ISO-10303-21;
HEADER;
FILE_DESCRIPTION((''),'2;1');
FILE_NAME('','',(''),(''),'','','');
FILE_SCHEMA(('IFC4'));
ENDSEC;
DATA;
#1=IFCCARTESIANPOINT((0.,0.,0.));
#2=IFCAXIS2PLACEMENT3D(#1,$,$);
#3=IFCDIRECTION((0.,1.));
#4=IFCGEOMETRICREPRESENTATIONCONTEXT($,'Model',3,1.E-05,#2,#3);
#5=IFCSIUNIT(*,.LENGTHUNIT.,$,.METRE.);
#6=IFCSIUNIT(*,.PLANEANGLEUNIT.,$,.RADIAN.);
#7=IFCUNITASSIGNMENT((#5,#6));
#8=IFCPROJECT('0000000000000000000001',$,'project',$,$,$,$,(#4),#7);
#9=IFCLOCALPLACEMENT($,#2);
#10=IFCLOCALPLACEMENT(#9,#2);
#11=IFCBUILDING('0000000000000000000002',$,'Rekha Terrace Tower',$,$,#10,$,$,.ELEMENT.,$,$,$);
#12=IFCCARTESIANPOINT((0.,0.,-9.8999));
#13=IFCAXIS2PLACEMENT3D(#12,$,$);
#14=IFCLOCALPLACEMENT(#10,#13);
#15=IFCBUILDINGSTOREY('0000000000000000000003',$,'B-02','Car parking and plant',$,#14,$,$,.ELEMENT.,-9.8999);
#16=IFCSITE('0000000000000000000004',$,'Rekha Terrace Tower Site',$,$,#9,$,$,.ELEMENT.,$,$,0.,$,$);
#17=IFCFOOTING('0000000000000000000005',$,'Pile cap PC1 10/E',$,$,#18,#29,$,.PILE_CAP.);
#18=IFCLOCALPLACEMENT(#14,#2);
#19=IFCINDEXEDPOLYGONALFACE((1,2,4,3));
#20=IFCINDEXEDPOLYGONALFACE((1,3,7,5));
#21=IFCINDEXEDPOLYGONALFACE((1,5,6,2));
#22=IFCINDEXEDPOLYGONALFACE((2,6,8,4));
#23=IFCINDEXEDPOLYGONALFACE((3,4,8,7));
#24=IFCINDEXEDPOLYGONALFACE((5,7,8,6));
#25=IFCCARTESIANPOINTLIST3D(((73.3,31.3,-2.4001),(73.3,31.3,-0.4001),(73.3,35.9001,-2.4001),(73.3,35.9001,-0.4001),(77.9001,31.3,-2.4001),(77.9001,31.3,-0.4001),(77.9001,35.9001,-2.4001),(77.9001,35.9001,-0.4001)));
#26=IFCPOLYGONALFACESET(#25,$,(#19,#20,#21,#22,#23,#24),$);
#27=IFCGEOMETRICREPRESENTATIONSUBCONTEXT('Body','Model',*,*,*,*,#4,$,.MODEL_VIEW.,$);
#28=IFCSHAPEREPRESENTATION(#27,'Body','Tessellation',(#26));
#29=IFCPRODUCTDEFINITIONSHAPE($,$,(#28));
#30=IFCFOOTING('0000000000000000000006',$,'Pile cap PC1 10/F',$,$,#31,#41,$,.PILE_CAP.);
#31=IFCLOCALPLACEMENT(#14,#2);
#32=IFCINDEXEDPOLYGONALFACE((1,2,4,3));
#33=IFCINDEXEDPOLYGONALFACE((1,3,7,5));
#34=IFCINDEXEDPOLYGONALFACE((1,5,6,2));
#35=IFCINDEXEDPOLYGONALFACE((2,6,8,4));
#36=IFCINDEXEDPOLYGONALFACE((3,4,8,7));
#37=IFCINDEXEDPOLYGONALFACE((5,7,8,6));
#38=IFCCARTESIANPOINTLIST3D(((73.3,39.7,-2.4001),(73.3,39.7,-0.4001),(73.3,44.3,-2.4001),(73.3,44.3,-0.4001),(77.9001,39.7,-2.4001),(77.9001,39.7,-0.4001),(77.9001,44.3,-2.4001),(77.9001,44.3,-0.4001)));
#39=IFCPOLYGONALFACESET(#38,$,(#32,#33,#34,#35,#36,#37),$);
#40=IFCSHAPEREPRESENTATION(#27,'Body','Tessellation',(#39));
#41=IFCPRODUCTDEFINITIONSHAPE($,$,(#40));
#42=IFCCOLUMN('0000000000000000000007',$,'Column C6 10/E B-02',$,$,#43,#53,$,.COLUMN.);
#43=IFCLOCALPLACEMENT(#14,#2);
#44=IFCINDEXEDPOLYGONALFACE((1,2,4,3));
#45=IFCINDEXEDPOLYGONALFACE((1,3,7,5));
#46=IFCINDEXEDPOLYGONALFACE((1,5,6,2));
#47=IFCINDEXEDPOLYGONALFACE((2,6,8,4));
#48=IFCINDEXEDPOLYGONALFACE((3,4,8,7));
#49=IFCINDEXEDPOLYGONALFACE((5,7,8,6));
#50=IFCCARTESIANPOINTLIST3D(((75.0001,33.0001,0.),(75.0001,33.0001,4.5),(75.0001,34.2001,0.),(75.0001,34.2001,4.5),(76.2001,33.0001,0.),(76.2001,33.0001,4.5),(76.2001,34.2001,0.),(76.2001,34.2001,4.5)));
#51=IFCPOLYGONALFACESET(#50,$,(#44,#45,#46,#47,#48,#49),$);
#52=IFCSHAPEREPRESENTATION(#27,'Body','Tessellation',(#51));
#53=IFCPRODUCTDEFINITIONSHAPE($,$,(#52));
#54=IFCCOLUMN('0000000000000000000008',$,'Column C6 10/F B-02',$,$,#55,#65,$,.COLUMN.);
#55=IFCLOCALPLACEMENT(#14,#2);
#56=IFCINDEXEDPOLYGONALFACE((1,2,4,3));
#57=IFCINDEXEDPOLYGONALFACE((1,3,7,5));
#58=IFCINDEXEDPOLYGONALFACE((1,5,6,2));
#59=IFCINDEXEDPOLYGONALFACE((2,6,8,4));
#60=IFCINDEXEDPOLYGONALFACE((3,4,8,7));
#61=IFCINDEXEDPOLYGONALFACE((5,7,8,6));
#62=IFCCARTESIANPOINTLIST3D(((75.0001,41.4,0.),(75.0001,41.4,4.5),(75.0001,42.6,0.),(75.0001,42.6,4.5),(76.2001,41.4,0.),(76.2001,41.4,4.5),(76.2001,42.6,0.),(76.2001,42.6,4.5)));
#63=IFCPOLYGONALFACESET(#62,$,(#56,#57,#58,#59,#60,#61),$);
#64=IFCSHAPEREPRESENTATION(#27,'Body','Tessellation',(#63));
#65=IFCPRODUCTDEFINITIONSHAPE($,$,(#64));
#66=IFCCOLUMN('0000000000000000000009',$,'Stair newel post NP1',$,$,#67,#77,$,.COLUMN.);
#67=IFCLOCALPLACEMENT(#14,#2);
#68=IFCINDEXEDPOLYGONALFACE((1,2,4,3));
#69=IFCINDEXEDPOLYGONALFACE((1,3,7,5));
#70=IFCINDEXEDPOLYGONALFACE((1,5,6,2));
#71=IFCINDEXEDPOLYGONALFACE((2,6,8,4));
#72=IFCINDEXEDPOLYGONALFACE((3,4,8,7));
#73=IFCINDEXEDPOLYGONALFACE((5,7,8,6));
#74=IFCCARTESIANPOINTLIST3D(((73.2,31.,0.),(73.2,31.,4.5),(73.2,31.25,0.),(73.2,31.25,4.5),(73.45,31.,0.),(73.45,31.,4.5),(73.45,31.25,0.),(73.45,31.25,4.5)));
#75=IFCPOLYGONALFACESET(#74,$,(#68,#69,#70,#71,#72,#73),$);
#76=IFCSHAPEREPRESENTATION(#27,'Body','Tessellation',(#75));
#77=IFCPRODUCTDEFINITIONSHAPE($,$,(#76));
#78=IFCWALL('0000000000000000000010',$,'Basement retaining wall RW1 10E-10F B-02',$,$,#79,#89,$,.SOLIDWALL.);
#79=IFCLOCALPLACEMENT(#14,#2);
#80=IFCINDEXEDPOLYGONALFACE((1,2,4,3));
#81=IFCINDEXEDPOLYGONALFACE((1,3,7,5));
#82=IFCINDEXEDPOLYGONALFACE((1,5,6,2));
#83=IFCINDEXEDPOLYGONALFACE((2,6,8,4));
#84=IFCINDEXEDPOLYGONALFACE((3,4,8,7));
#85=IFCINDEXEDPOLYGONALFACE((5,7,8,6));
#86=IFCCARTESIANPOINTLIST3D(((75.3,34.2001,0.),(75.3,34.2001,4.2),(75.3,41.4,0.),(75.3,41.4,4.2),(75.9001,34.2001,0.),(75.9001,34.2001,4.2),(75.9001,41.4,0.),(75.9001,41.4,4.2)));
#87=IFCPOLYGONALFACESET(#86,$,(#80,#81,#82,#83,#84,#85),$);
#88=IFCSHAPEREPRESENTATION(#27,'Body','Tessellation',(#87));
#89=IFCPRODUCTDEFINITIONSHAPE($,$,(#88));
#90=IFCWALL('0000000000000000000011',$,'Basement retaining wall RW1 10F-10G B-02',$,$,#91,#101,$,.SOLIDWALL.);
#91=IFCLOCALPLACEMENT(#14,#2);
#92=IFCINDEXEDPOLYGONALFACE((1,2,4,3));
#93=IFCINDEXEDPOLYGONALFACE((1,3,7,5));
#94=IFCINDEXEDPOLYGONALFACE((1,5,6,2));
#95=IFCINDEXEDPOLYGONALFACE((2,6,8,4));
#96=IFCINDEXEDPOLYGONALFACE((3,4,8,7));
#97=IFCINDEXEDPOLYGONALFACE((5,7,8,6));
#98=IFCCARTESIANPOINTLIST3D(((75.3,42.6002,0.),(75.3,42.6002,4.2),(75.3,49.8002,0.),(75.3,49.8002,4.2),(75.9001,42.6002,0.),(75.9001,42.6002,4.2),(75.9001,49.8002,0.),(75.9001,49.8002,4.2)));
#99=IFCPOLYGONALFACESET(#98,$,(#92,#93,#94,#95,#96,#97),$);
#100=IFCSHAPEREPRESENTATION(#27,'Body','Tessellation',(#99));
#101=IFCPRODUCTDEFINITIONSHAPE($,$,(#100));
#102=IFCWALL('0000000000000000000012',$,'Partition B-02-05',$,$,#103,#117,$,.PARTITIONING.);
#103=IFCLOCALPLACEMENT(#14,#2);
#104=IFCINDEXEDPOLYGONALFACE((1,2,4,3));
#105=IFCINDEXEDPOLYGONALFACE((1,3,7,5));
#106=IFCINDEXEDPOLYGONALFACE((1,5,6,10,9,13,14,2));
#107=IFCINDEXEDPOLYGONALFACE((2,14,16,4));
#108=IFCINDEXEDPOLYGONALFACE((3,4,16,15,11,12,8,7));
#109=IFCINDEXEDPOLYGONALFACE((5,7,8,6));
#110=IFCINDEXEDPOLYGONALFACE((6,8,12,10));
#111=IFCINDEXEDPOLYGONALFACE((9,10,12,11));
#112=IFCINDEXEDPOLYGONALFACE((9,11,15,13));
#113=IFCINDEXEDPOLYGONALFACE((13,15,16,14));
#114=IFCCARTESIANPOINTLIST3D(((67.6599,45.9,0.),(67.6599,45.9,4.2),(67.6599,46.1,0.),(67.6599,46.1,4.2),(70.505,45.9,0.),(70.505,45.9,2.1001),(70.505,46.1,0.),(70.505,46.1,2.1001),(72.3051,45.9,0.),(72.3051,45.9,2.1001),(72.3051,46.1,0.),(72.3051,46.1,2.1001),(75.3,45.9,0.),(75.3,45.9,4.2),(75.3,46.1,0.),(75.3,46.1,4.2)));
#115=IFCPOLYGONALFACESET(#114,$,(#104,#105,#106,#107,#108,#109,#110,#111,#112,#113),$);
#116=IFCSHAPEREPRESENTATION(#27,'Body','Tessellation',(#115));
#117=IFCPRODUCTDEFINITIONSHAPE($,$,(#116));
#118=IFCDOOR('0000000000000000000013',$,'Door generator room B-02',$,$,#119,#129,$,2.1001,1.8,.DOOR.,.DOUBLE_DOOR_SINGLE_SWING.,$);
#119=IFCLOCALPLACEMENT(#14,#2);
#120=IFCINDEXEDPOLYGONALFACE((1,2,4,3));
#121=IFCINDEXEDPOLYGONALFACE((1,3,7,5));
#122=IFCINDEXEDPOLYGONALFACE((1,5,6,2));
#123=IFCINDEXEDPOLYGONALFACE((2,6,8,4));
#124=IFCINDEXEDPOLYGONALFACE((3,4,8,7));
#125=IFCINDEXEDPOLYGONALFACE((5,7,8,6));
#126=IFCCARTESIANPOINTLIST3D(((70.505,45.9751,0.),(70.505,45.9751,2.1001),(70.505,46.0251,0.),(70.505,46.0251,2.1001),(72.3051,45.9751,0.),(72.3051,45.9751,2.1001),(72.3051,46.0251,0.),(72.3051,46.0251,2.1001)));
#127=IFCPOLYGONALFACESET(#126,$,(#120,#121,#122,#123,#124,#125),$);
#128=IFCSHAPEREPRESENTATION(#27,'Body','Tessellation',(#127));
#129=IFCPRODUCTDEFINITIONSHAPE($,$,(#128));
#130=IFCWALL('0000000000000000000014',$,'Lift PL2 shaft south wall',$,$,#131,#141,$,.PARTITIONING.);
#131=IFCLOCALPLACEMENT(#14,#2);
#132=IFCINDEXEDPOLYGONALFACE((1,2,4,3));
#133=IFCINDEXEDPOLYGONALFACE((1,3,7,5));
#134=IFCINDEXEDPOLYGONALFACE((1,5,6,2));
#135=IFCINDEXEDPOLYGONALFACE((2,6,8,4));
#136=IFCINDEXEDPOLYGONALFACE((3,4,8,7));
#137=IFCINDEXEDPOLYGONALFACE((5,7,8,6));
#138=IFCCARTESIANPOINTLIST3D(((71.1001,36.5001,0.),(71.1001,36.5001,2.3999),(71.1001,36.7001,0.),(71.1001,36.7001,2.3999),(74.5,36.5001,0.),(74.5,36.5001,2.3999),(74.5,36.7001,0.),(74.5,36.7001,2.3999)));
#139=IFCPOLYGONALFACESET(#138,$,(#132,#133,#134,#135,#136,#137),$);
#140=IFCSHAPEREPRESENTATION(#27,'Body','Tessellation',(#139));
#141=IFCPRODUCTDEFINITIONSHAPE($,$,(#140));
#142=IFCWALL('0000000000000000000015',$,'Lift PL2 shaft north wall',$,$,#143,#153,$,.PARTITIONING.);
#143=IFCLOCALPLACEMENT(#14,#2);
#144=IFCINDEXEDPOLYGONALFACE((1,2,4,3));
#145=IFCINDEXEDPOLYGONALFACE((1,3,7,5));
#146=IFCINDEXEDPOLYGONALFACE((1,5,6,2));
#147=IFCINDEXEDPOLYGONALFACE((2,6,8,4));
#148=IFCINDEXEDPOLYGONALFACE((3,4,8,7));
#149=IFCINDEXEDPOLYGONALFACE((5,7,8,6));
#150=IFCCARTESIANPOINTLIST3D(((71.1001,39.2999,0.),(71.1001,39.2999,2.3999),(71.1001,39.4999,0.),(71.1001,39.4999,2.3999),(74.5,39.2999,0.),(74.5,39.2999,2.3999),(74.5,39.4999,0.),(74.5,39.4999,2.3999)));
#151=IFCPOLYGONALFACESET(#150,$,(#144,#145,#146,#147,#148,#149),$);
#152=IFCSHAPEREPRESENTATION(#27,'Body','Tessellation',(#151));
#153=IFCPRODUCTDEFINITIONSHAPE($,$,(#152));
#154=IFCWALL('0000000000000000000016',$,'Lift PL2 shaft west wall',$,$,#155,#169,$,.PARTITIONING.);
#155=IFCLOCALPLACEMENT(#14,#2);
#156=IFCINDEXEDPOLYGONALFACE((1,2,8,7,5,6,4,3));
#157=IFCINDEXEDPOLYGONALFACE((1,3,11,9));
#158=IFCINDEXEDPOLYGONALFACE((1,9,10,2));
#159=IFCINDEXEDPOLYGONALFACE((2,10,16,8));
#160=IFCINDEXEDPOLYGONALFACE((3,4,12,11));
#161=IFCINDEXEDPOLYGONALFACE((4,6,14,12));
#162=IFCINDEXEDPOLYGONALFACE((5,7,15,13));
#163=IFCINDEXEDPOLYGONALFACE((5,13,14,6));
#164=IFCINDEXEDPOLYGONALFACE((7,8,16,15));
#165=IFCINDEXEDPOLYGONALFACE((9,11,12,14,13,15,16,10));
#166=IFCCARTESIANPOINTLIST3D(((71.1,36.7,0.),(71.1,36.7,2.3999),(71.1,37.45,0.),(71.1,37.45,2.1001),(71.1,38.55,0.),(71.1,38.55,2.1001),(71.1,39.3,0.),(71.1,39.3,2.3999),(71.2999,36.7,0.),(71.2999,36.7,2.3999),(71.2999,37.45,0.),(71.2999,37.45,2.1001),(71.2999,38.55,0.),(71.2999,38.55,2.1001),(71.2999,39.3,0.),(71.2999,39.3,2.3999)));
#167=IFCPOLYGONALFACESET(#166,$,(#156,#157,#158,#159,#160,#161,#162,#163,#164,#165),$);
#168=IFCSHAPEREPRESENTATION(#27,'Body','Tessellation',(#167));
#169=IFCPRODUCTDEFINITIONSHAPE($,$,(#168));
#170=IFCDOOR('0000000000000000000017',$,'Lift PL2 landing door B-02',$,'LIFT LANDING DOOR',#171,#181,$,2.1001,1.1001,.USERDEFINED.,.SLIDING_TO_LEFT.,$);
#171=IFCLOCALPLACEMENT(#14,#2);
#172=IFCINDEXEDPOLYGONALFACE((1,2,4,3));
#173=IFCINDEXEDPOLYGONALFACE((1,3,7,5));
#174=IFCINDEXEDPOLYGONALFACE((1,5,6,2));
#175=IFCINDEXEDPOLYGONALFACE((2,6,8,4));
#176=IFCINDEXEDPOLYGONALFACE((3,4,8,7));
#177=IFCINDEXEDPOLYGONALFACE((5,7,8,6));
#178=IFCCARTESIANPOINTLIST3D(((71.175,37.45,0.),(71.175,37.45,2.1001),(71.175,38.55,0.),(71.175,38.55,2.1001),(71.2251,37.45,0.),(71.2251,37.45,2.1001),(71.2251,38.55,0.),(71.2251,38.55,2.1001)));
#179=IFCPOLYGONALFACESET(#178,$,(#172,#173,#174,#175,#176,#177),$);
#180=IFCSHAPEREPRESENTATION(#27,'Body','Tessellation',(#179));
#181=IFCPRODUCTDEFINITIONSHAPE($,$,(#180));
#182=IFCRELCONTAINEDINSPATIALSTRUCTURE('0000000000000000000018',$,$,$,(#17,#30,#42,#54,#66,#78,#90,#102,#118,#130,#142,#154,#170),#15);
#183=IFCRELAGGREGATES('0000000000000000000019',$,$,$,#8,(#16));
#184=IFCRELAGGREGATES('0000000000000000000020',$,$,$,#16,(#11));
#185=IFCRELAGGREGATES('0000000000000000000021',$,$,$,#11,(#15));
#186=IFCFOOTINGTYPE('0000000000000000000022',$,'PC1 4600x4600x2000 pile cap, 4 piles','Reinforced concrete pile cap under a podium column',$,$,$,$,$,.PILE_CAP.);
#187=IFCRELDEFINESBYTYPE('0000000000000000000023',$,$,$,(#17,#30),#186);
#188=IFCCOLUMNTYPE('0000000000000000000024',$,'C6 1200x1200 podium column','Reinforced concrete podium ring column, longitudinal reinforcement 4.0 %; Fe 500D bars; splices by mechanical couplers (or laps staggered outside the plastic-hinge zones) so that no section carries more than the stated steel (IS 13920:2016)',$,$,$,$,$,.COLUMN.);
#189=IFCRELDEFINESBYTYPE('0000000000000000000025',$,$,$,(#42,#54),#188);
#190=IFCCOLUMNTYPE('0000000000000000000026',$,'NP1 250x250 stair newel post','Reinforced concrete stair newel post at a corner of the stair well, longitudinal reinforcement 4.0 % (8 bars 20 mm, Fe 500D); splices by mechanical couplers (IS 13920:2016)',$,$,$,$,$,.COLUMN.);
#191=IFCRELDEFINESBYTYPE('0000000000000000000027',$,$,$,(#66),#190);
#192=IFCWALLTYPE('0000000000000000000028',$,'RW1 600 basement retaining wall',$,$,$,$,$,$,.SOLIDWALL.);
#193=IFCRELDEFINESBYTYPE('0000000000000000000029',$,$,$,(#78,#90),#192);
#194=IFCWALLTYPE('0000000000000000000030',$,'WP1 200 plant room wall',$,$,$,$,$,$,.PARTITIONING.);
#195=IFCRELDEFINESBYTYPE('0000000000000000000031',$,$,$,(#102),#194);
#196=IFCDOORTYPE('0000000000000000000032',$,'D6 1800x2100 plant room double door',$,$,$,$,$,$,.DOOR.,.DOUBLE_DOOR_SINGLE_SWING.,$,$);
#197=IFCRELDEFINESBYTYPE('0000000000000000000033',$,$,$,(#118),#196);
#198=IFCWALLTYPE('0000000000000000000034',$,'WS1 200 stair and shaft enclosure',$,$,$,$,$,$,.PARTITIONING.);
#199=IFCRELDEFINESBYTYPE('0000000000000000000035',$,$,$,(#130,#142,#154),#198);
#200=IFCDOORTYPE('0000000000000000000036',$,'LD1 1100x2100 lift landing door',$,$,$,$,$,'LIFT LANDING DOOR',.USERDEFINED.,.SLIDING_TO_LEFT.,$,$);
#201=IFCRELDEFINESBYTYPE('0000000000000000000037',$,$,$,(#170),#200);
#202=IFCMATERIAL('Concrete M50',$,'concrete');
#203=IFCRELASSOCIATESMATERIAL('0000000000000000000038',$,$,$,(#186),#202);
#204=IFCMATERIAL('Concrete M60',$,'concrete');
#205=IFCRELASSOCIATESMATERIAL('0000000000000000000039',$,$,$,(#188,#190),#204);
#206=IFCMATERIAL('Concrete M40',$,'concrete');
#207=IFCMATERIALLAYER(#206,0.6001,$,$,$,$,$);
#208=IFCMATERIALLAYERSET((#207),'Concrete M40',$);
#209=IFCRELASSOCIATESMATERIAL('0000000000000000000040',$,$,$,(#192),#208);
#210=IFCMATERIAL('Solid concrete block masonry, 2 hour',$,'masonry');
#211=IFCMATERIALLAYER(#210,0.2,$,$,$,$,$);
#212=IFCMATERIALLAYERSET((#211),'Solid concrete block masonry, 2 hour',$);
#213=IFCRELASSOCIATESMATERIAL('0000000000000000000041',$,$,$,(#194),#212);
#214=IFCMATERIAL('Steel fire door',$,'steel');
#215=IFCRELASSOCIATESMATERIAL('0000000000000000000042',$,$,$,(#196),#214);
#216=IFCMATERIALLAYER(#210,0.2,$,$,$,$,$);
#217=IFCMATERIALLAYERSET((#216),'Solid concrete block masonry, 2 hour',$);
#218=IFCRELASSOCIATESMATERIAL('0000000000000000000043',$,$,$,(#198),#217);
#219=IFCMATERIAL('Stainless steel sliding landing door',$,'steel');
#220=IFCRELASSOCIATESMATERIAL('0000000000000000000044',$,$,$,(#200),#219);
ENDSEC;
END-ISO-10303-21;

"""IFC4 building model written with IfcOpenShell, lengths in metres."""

from ifc_helpers import new_model, si_unit, direction, frame, frame_2d, origin, origin_2d, place, context, subcontext, project, spatial, rectangle, extrude, material, layer, layer_set, material_profile, profile_set, type_object, element, fill, save


model = new_model("IFC4")

# Units and contexts
model_context = context("Model", 3, precision=1e-05, world=origin(), true_north=direction((0.0, 1.0)))
body_context = subcontext(model_context, "Body", "Model", "MODEL_VIEW")
ifc_project = project(units=[si_unit("LENGTHUNIT", "METRE"), si_unit("PLANEANGLEUNIT", "RADIAN")], contexts=[model_context])

# Site, building, storey
site_placement = place(None, origin())
site = spatial("IfcSite", under=ifc_project, at=site_placement, Name="Rekha Terrace Tower Site", CompositionType="ELEMENT", RefElevation=0.0)
building_placement = place(site_placement, origin())
building = spatial("IfcBuilding", under=site, at=building_placement, Name="Rekha Terrace Tower", CompositionType="ELEMENT")
storey_placement = place(building_placement, frame((0.0, 0.0, -9.8999)))
storey = spatial("IfcBuildingStorey", under=building, at=storey_placement, Name="B-02", Description="Car parking and plant", CompositionType="ELEMENT", Elevation=-9.8999)

# Shared definitions
ifc_material_1 = material(Name="Concrete M50", Category="concrete")

# Footings
footing_type_1 = type_object("IfcFootingType", Name="PC1 4600x4600x2000 pile cap, 4 piles", Description="Reinforced concrete pile cap under a podium column", PredefinedType="PILE_CAP", material=ifc_material_1)
for number, where, z_axis, x_axis, name in (
    (1, (75.6001, 33.6001, -2.4001), (0.0, 0.0, 1.0), (1.0, 0.0, 0.0), "Pile cap PC1 10/E"),
    (2, (75.6001, 42.0, -2.4001), (0.0, 0.0, 1.0), (1.0, 0.0, 0.0), "Pile cap PC1 10/F"),
):
    element("IfcFooting", number, at=place(storey_placement, frame(where, z_axis=z_axis, x_axis=x_axis)), inside=storey, type_object=footing_type_1, Name=name, PredefinedType="PILE_CAP", context=body_context, shape_type="SweptSolid", body=[
        extrude(rectangle(XDim=4.6001, YDim=4.6001, at=origin_2d()), origin(), (0.0, 0.0, 1.0), 2.0),
    ])

# Columns
ifc_material_2 = material(Name="Concrete M60", Category="concrete")
ifc_material_profile_1 = material_profile(ifc_material_2, rectangle(XDim=1.2, YDim=1.2, at=origin_2d()), Name="RC 1200x1200")
ifc_profile_set_1 = profile_set([ifc_material_profile_1], Name="Concrete M60")
column_type_1 = type_object("IfcColumnType", Name="C6 1200x1200 podium column", Description="Reinforced concrete podium ring column, longitudinal reinforcement 4.0 %; Fe 500D bars; splices by mechanical couplers (or laps staggered outside the plastic-hinge zones) so that no section carries more than the stated steel (IS 13920:2016)", PredefinedType="COLUMN", material=ifc_profile_set_1)
for number, where, z_axis, x_axis, name in (
    (3, (75.6001, 33.6001, 0.0), (0.0, 0.0, 1.0), (1.0, 0.0, 0.0), "Column C6 10/E B-02"),
    (4, (75.6001, 42.0, 0.0), (0.0, 0.0, 1.0), (1.0, 0.0, 0.0), "Column C6 10/F B-02"),
):
    element("IfcColumn", number, at=place(storey_placement, frame(where, z_axis=z_axis, x_axis=x_axis)), inside=storey, type_object=column_type_1, Name=name, PredefinedType="COLUMN", context=body_context, shape_type="SweptSolid", body=[
        extrude(rectangle(XDim=1.2, YDim=1.2, at=origin_2d()), origin(), (0.0, 0.0, 1.0), 4.5),
    ])
ifc_material_profile_2 = material_profile(ifc_material_2, rectangle(XDim=0.25, YDim=0.25, at=origin_2d()), Name="RC 250x250")
ifc_profile_set_2 = profile_set([ifc_material_profile_2], Name="Concrete M60")
column_type_2 = type_object("IfcColumnType", Name="NP1 250x250 stair newel post", Description="Reinforced concrete stair newel post at a corner of the stair well, longitudinal reinforcement 4.0 % (8 bars 20 mm, Fe 500D); splices by mechanical couplers (IS 13920:2016)", PredefinedType="COLUMN", material=ifc_profile_set_2)
column_placement = place(storey_placement, frame((73.325, 31.125, 0.0), z_axis=(0.0, 0.0, 1.0), x_axis=(1.0, 0.0, 0.0)))
element("IfcColumn", 5, at=column_placement, inside=storey, type_object=column_type_2, Name="Stair newel post NP1", PredefinedType="COLUMN", context=body_context, shape_type="SweptSolid", body=[
    extrude(rectangle(XDim=0.25, YDim=0.25, at=origin_2d()), origin(), (0.0, 0.0, 1.0), 4.5),
])

# Walls
ifc_material_3 = material(Name="Concrete M40", Category="concrete")
ifc_layer_1 = layer(ifc_material_3, 0.6001)
ifc_layer_set_1 = layer_set([ifc_layer_1], Name="Concrete M40")
wall_type_1 = type_object("IfcWallType", Name="RW1 600 basement retaining wall", PredefinedType="SOLIDWALL", material=ifc_layer_set_1)
for number, where, z_axis, x_axis, name in (
    (6, (75.6001, 34.2, 0.0), (0.0, 0.0, 1.0), (0.0, 1.0, 0.0), "Basement retaining wall RW1 10E-10F B-02"),
    (7, (75.6001, 42.6001, 0.0), (0.0, 0.0, 1.0), (0.0, 1.0, 0.0), "Basement retaining wall RW1 10F-10G B-02"),
):
    element("IfcWall", number, at=place(storey_placement, frame(where, z_axis=z_axis, x_axis=x_axis)), inside=storey, type_object=wall_type_1, Name=name, PredefinedType="SOLIDWALL", context=body_context, shape_type="SweptSolid", body=[
        extrude(rectangle(XDim=7.2, YDim=0.6001, at=frame_2d((3.6001, 0.0))), origin(), (0.0, 0.0, 1.0), 4.2),
    ])

# Wall, opening, door
ifc_material_4 = material(Name="Solid concrete block masonry, 2 hour", Category="masonry")
ifc_layer_2 = layer(ifc_material_4, 0.2)
ifc_layer_set_2 = layer_set([ifc_layer_2], Name="Solid concrete block masonry, 2 hour")
wall_type_2 = type_object("IfcWallType", Name="WP1 200 plant room wall", PredefinedType="PARTITIONING", material=ifc_layer_set_2)
wall_1_placement = place(storey_placement, frame((75.3, 46.0, 0.0), z_axis=(0.0, 0.0, 1.0), x_axis=(-1.0, 0.0, 0.0)))
wall_1 = element("IfcWall", 8, at=wall_1_placement, inside=storey, type_object=wall_type_2, Name="Partition B-02-05", PredefinedType="PARTITIONING", context=body_context, shape_type="SweptSolid", body=[
    extrude(rectangle(XDim=7.6401, YDim=0.2, at=frame_2d((3.8201, 0.0))), origin(), (0.0, 0.0, 1.0), 4.2),
])
opening_1_placement = place(wall_1_placement, frame((2.9951, 0.0, 0.0)))
opening_1 = element("IfcOpeningElement", 9, at=opening_1_placement, cuts=wall_1, PredefinedType="OPENING", context=body_context, shape_type="SweptSolid", body=[
    extrude(rectangle(XDim=1.8, YDim=2.1001, at=frame_2d((0.8999, 1.05))), frame((0.0, 0.1099, 0.0), z_axis=(0.0, -1.0, 0.0), x_axis=(1.0, 0.0, 0.0)), (0.0, 0.0, 1.0), 0.22),
])
ifc_material_5 = material(Name="Steel fire door", Category="steel")
door_type_1 = type_object("IfcDoorType", Name="D6 1800x2100 plant room double door", OperationType="DOUBLE_DOOR_SINGLE_SWING", PredefinedType="DOOR", material=ifc_material_5)
door_1_placement = place(opening_1_placement, origin())
door_1 = element("IfcDoor", 10, at=door_1_placement, inside=storey, type_object=door_type_1, Name="Door generator room B-02", OperationType="DOUBLE_DOOR_SINGLE_SWING", OverallHeight=2.1001, OverallWidth=1.8, PredefinedType="DOOR", context=body_context, shape_type="SweptSolid", body=[
    extrude(rectangle(XDim=1.8, YDim=2.1001, at=frame_2d((0.8999, 1.05))), frame((0.0, 0.0249, 0.0), z_axis=(0.0, -1.0, 0.0), x_axis=(1.0, 0.0, 0.0)), (0.0, 0.0, 1.0), 0.05),
])
fill(opening_1, door_1)

# Walls
ifc_layer_3 = layer(ifc_material_4, 0.2)
ifc_layer_set_3 = layer_set([ifc_layer_3], Name="Solid concrete block masonry, 2 hour")
wall_type_3 = type_object("IfcWallType", Name="WS1 200 stair and shaft enclosure", PredefinedType="PARTITIONING", material=ifc_layer_set_3)
for number, where, z_axis, x_axis, name in (
    (11, (71.1001, 36.6001, 0.0), (0.0, 0.0, 1.0), (1.0, 0.0, 0.0), "Lift PL2 shaft south wall"),
    (12, (71.1001, 39.3999, 0.0), (0.0, 0.0, 1.0), (1.0, 0.0, 0.0), "Lift PL2 shaft north wall"),
):
    element("IfcWall", number, at=place(storey_placement, frame(where, z_axis=z_axis, x_axis=x_axis)), inside=storey, type_object=wall_type_3, Name=name, PredefinedType="PARTITIONING", context=body_context, shape_type="SweptSolid", body=[
        extrude(rectangle(XDim=3.3999, YDim=0.2, at=frame_2d((1.7, 0.0))), origin(), (0.0, 0.0, 1.0), 2.3999),
    ])

# Wall, opening, door
wall_2_placement = place(storey_placement, frame((71.2, 36.7, 0.0), z_axis=(0.0, 0.0, 1.0), x_axis=(0.0, 1.0, 0.0)))
wall_2 = element("IfcWall", 13, at=wall_2_placement, inside=storey, type_object=wall_type_3, Name="Lift PL2 shaft west wall", PredefinedType="PARTITIONING", context=body_context, shape_type="SweptSolid", body=[
    extrude(rectangle(XDim=2.6001, YDim=0.2, at=frame_2d((1.3, 0.0))), origin(), (0.0, 0.0, 1.0), 2.3999),
])
opening_2_placement = place(wall_2_placement, frame((0.75, 0.0, 0.0)))
opening_2 = element("IfcOpeningElement", 14, at=opening_2_placement, cuts=wall_2, PredefinedType="OPENING", context=body_context, shape_type="SweptSolid", body=[
    extrude(rectangle(XDim=1.1001, YDim=2.1001, at=frame_2d((0.55, 1.05))), frame((0.0, 0.1099, 0.0), z_axis=(0.0, -1.0, 0.0), x_axis=(1.0, 0.0, 0.0)), (0.0, 0.0, 1.0), 0.22),
])
ifc_material_6 = material(Name="Stainless steel sliding landing door", Category="steel")
door_type_2 = type_object("IfcDoorType", Name="LD1 1100x2100 lift landing door", ElementType="LIFT LANDING DOOR", OperationType="SLIDING_TO_LEFT", PredefinedType="USERDEFINED", material=ifc_material_6)
door_2_placement = place(opening_2_placement, origin())
door_2 = element("IfcDoor", 15, at=door_2_placement, inside=storey, type_object=door_type_2, Name="Lift PL2 landing door B-02", ObjectType="LIFT LANDING DOOR", OperationType="SLIDING_TO_LEFT", OverallHeight=2.1001, OverallWidth=1.1001, PredefinedType="USERDEFINED", context=body_context, shape_type="SweptSolid", body=[
    extrude(rectangle(XDim=1.1001, YDim=2.1001, at=frame_2d((0.55, 1.05))), frame((0.0, 0.0249, 0.0), z_axis=(0.0, -1.0, 0.0), x_axis=(1.0, 0.0, 0.0)), (0.0, 0.0, 1.0), 0.05),
])
fill(opening_2, door_2)

save(model, "model.ifc")
